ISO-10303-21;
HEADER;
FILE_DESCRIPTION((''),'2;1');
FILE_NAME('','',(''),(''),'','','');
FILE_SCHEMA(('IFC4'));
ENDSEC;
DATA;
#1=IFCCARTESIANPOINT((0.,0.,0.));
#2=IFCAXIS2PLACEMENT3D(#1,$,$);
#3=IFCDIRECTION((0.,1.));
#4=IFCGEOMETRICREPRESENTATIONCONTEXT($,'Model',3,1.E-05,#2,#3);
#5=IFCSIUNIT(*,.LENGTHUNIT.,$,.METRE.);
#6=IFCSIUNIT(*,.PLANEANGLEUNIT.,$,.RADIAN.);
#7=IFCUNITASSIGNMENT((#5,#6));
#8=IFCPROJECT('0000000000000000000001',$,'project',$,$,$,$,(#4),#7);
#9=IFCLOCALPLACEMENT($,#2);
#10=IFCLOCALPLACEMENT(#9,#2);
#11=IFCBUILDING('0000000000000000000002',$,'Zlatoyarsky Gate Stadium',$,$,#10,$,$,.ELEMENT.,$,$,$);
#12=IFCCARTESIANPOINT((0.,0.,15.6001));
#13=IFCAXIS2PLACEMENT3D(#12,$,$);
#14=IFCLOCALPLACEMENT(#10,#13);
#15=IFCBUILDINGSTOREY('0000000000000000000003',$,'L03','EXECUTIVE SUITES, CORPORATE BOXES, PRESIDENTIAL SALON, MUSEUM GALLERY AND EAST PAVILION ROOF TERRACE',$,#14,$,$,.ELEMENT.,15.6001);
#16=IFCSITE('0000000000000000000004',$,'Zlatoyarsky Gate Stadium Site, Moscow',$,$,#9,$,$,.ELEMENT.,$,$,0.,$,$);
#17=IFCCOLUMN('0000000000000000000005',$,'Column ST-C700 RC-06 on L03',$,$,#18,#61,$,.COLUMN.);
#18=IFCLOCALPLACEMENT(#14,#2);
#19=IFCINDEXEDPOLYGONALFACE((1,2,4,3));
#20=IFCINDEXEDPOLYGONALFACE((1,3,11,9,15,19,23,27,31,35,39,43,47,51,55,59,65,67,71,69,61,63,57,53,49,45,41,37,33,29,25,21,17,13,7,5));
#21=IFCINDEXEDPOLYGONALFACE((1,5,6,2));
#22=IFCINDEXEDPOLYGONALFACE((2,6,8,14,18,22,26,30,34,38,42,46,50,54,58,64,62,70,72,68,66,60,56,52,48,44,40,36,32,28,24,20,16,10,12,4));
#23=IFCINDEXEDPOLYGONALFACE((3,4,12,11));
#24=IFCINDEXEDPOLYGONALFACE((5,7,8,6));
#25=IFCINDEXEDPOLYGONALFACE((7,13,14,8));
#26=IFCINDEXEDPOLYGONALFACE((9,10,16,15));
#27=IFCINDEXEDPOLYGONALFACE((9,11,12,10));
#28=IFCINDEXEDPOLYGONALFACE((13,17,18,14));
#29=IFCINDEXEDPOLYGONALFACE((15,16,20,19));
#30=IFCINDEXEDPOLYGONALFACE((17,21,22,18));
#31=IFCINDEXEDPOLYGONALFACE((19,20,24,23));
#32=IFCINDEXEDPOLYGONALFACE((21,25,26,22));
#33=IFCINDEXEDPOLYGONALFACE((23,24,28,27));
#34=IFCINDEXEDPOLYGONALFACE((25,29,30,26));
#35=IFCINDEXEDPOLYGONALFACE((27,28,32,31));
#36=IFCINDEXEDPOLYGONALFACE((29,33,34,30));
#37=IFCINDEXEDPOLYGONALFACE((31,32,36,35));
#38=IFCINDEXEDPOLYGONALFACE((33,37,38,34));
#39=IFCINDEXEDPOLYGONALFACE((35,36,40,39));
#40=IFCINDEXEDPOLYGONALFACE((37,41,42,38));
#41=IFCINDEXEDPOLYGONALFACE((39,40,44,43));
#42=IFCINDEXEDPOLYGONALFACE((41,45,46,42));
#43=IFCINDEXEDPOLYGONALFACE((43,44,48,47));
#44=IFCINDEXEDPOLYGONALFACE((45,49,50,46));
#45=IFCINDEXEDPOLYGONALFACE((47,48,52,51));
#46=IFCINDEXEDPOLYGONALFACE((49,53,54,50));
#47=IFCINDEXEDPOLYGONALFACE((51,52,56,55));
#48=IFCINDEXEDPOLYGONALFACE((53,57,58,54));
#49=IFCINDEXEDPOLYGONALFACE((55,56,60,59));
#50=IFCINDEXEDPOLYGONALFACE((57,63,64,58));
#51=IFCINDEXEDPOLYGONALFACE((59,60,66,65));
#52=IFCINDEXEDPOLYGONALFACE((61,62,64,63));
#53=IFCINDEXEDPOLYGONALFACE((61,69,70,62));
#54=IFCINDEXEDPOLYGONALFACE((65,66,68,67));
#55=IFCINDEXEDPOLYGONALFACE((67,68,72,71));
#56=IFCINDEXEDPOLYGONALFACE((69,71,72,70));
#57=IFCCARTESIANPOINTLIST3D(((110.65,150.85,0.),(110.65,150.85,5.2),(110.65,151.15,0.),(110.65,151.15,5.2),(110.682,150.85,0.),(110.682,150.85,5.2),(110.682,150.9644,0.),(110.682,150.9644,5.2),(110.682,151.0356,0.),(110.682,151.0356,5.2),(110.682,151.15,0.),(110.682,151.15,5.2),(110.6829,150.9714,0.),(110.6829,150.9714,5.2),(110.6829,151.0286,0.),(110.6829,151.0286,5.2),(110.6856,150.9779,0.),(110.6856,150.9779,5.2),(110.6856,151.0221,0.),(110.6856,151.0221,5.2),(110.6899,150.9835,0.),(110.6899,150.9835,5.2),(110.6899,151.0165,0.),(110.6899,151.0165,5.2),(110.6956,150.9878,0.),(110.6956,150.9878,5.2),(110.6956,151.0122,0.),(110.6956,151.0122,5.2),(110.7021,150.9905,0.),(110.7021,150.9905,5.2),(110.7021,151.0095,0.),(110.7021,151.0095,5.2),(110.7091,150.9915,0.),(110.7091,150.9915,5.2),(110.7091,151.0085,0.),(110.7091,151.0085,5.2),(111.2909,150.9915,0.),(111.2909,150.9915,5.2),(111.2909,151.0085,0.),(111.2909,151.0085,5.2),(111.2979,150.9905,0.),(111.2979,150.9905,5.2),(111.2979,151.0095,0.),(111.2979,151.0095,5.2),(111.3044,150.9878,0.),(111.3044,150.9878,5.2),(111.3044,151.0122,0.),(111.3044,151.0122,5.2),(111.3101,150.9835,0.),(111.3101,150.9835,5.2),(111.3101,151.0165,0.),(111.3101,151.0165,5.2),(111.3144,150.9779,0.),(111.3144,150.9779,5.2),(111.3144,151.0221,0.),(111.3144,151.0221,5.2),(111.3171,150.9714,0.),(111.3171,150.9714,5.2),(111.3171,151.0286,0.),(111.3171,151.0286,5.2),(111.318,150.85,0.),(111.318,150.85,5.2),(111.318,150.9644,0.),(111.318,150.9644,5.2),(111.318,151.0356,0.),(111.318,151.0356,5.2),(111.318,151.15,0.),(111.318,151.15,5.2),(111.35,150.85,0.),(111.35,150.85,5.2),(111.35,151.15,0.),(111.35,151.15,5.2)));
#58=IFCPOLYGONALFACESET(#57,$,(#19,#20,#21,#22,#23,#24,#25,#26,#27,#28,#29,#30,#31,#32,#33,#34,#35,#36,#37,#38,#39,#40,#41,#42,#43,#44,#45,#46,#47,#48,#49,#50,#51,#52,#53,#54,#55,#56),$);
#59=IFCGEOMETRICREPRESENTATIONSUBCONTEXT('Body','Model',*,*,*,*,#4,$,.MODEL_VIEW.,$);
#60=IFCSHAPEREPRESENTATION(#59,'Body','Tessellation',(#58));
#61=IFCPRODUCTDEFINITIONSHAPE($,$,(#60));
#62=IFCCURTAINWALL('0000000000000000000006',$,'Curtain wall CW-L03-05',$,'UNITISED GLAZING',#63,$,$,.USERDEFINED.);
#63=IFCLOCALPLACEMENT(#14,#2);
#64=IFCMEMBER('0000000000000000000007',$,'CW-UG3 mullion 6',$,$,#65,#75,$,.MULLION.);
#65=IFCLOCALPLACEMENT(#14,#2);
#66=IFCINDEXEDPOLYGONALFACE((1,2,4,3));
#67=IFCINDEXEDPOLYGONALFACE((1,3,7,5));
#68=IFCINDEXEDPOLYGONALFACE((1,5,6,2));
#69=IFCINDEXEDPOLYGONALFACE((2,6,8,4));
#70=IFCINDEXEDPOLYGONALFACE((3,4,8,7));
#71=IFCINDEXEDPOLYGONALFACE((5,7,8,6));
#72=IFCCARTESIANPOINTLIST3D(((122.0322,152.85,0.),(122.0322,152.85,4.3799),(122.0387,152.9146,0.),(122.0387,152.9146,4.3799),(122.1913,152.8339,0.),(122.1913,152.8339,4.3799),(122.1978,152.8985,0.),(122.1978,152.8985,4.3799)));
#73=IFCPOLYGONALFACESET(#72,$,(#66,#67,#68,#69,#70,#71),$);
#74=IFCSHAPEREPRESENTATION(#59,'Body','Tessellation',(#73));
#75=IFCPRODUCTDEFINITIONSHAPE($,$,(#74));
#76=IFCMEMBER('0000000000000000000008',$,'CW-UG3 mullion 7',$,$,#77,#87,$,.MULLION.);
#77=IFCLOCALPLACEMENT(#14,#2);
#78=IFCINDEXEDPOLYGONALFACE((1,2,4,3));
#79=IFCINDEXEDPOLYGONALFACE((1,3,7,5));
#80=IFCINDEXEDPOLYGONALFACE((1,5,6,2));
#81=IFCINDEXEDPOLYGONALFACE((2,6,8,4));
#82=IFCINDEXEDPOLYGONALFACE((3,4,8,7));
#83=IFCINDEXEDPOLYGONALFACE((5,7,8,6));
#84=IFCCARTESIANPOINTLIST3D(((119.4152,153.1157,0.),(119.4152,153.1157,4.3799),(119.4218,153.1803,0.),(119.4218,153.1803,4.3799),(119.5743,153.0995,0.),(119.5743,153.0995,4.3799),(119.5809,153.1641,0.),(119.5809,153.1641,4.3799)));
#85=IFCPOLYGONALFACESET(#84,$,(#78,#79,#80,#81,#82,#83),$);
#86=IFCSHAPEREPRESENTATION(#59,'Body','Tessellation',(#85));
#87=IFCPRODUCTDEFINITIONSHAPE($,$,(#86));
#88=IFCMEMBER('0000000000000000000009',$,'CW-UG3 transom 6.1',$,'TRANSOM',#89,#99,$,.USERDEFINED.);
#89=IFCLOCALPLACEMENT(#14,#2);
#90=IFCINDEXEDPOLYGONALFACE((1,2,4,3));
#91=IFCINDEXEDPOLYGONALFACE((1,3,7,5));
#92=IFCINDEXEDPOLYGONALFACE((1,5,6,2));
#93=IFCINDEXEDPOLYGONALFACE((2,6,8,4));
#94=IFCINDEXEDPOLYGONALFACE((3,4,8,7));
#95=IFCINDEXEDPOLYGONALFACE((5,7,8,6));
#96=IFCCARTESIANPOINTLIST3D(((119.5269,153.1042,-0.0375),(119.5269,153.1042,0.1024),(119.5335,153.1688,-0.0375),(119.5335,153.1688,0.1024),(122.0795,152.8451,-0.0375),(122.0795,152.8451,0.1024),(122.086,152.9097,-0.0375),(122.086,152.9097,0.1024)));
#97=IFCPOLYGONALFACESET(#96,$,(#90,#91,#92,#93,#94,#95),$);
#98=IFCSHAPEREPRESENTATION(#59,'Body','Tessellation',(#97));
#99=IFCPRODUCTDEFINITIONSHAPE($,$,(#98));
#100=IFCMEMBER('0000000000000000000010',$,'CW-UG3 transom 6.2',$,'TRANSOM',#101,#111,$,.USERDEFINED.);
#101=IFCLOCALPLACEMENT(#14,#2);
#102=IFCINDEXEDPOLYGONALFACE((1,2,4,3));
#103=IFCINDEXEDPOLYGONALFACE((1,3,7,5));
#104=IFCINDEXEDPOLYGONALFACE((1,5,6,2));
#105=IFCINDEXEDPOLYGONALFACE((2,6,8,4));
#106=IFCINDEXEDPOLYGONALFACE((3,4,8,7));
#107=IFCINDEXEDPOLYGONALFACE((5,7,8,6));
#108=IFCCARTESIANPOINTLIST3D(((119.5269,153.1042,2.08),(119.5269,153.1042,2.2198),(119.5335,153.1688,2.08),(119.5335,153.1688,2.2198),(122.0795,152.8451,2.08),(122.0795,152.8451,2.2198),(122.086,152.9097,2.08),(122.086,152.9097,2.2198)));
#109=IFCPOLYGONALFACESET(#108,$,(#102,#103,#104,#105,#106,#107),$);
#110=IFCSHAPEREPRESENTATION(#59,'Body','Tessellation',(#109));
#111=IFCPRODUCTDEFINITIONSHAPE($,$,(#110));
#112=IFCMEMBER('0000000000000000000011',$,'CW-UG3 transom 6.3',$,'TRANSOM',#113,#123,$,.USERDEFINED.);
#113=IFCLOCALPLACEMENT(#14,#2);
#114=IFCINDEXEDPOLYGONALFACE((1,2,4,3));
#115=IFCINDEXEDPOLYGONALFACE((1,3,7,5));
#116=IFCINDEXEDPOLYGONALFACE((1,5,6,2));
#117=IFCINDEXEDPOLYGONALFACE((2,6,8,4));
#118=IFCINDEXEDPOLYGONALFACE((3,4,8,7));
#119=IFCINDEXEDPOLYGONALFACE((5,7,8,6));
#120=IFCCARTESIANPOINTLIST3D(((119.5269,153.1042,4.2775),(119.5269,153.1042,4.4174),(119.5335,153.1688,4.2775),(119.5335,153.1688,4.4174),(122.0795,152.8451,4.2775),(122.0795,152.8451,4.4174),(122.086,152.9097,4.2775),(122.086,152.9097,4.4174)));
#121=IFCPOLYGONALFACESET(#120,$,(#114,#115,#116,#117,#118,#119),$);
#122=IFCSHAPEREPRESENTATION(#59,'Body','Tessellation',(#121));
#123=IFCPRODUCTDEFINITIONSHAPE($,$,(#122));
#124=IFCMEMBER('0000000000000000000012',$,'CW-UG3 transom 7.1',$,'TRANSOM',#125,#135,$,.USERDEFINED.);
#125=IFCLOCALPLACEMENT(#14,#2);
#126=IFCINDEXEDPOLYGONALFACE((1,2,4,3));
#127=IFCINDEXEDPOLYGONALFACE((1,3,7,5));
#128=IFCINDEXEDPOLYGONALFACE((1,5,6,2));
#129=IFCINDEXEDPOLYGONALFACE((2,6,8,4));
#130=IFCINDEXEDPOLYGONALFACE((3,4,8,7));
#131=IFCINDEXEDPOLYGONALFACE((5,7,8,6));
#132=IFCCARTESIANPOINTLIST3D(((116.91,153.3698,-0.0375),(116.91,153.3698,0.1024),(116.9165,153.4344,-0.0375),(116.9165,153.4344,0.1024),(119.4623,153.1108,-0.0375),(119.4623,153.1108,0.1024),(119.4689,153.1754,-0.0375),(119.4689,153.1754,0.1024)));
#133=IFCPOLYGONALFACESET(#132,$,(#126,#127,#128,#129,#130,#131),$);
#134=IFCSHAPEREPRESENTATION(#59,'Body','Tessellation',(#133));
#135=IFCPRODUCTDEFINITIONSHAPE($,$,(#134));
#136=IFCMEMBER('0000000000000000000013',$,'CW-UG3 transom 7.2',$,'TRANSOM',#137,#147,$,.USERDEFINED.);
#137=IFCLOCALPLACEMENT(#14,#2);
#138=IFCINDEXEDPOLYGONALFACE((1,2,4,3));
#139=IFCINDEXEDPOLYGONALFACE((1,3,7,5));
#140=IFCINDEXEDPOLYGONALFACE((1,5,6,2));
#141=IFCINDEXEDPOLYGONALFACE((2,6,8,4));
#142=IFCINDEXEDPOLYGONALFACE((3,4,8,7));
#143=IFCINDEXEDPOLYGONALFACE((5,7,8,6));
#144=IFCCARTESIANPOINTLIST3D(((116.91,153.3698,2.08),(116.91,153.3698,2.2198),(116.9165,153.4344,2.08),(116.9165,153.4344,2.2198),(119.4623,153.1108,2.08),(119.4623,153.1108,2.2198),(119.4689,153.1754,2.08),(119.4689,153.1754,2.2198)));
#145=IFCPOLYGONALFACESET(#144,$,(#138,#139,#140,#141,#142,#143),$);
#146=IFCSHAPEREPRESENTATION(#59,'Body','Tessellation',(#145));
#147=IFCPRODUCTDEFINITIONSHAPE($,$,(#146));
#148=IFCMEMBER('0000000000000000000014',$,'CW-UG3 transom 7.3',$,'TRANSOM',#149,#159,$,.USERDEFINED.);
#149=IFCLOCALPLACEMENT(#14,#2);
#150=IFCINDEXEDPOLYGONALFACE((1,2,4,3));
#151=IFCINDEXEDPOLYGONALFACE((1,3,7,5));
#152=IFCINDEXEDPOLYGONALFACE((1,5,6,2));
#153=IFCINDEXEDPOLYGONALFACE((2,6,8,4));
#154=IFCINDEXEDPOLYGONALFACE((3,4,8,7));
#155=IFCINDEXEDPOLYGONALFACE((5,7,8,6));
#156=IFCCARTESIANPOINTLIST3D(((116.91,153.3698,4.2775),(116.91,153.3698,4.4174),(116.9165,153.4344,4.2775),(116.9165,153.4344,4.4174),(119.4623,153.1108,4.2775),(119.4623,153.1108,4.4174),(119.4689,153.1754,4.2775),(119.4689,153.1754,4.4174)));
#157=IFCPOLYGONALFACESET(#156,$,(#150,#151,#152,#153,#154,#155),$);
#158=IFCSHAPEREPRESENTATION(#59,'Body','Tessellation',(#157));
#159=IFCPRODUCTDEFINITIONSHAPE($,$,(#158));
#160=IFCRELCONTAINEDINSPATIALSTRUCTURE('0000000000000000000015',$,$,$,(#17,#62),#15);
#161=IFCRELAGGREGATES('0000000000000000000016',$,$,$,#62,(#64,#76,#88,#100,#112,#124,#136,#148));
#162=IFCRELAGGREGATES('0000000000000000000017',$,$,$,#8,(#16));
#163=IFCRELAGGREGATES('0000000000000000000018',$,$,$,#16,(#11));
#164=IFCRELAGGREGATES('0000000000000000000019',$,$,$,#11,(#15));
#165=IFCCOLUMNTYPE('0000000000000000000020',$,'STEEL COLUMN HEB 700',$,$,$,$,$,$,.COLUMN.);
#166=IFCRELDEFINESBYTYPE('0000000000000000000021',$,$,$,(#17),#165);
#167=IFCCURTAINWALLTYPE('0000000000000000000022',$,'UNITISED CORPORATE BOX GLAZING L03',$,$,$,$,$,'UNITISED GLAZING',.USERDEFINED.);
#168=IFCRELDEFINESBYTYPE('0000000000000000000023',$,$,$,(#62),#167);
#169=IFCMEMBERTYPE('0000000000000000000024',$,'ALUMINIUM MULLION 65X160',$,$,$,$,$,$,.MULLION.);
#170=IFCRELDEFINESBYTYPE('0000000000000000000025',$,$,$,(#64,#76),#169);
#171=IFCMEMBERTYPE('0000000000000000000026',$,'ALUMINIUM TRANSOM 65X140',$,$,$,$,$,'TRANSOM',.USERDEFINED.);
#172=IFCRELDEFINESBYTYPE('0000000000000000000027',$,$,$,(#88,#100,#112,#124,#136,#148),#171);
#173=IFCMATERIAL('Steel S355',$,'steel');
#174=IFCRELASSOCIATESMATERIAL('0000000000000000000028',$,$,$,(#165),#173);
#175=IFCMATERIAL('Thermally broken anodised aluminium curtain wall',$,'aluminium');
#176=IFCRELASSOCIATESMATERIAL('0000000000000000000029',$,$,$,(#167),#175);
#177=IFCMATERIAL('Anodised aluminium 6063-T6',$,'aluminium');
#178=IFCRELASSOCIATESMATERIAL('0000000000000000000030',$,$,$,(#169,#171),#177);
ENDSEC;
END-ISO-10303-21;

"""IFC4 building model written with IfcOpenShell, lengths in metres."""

from ifc_helpers import new_model, si_unit, direction, frame, origin, origin_2d, place, context, subcontext, project, spatial, rectangle, i_section, extrude, material, material_profile, profile_set, type_object, element, aggregate, save


model = new_model("IFC4")

# Units and contexts
model_context = context("Model", 3, precision=1e-05, world=origin(), true_north=direction((0.0, 1.0)))
body_context = subcontext(model_context, "Body", "Model", "MODEL_VIEW")
ifc_project = project(units=[si_unit("LENGTHUNIT", "METRE"), si_unit("PLANEANGLEUNIT", "RADIAN")], contexts=[model_context])

# Site, building, storey
site_placement = place(None, origin())
site = spatial("IfcSite", under=ifc_project, at=site_placement, Name="Zlatoyarsky Gate Stadium Site, Moscow", CompositionType="ELEMENT", RefElevation=0.0)
building_placement = place(site_placement, origin())
building = spatial("IfcBuilding", under=site, at=building_placement, Name="Zlatoyarsky Gate Stadium", CompositionType="ELEMENT")
storey_placement = place(building_placement, frame((0.0, 0.0, 15.6001)))
storey = spatial("IfcBuildingStorey", under=building, at=storey_placement, Name="L03", Description="EXECUTIVE SUITES, CORPORATE BOXES, PRESIDENTIAL SALON, MUSEUM GALLERY AND EAST PAVILION ROOF TERRACE", CompositionType="ELEMENT", Elevation=15.6001)

# Column
ifc_material_1 = material(Name="Steel S355", Category="steel")
ifc_material_profile_1 = material_profile(ifc_material_1, i_section(OverallWidth=0.3, OverallDepth=0.7, WebThickness=0.0171, FlangeThickness=0.032, FilletRadius=0.0271, at=origin_2d()), Name="HEB 700")
ifc_profile_set_1 = profile_set([ifc_material_profile_1], Name="Steel S355")
column_type = type_object("IfcColumnType", Name="STEEL COLUMN HEB 700", PredefinedType="COLUMN", material=ifc_profile_set_1)
column_placement = place(storey_placement, frame((111.0, 151.0, 0.0), z_axis=(0.0, 0.0, 1.0), x_axis=(0.0, 1.0, 0.0)))
element("IfcColumn", 1, at=column_placement, inside=storey, type_object=column_type, Name="Column ST-C700 RC-06 on L03", PredefinedType="COLUMN", context=body_context, shape_type="SweptSolid", body=[
    extrude(i_section(OverallWidth=0.3, OverallDepth=0.7, WebThickness=0.0171, FlangeThickness=0.032, FilletRadius=0.0271, at=origin_2d()), origin(), (0.0, 0.0, 1.0), 5.2),
])

# Curtain wall, members
ifc_material_2 = material(Name="Thermally broken anodised aluminium curtain wall", Category="aluminium")
curtain_wall_type_1 = type_object("IfcCurtainWallType", Name="UNITISED CORPORATE BOX GLAZING L03", ElementType="UNITISED GLAZING", PredefinedType="USERDEFINED", material=ifc_material_2)
curtain_wall_1_placement = place(storey_placement, origin())
curtain_wall_1 = element("IfcCurtainWall", 2, at=curtain_wall_1_placement, inside=storey, type_object=curtain_wall_type_1, Name="Curtain wall CW-L03-05", ObjectType="UNITISED GLAZING", PredefinedType="USERDEFINED")
ifc_material_3 = material(Name="Anodised aluminium 6063-T6", Category="aluminium")
ifc_material_profile_2 = material_profile(ifc_material_3, rectangle(XDim=0.0649, YDim=0.1599, at=origin_2d()), Name="ALU 65X160")
ifc_profile_set_2 = profile_set([ifc_material_profile_2], Name="Anodised aluminium 6063-T6")
member_type_1 = type_object("IfcMemberType", Name="ALUMINIUM MULLION 65X160", PredefinedType="MULLION", material=ifc_profile_set_2)
member_1_placement = place(storey_placement, frame((122.115, 152.8743, 0.0), z_axis=(0.0, 0.0, 1.0), x_axis=(-0.100968, -0.99489, 0.0)))
member_1 = element("IfcMember", 3, at=member_1_placement, type_object=member_type_1, Name="CW-UG3 mullion 6", PredefinedType="MULLION", context=body_context, shape_type="SweptSolid", body=[
    extrude(rectangle(XDim=0.0649, YDim=0.1599, at=origin_2d()), origin(), (0.0, 0.0, 1.0), 4.3799),
])
member_2_placement = place(storey_placement, frame((119.498, 153.1399, 0.0), z_axis=(0.0, 0.0, 1.0), x_axis=(-0.100968, -0.99489, 0.0)))
member_2 = element("IfcMember", 4, at=member_2_placement, type_object=member_type_1, Name="CW-UG3 mullion 7", PredefinedType="MULLION", context=body_context, shape_type="SweptSolid", body=[
    extrude(rectangle(XDim=0.0649, YDim=0.1599, at=origin_2d()), origin(), (0.0, 0.0, 1.0), 4.3799),
])
ifc_material_profile_3 = material_profile(ifc_material_3, rectangle(XDim=0.0649, YDim=0.1399, at=origin_2d()), Name="ALU 65X140")
ifc_profile_set_3 = profile_set([ifc_material_profile_3], Name="Anodised aluminium 6063-T6")
member_type_2 = type_object("IfcMemberType", Name="ALUMINIUM TRANSOM 65X140", ElementType="TRANSOM", PredefinedType="USERDEFINED", material=ifc_profile_set_3)
member_3_placement = place(storey_placement, frame((122.0828, 152.8774, 0.0325), z_axis=(-0.99489, 0.100964, 0.0), x_axis=(-0.100964, -0.99489, 0.0)))
member_3 = element("IfcMember", 5, at=member_3_placement, type_object=member_type_2, Name="CW-UG3 transom 6.1", ObjectType="TRANSOM", PredefinedType="USERDEFINED", context=body_context, shape_type="SweptSolid", body=[
    extrude(rectangle(XDim=0.0649, YDim=0.1399, at=origin_2d()), origin(), (0.0, 0.0, 1.0), 2.5657),
])
member_4_placement = place(storey_placement, frame((122.0828, 152.8774, 2.1499), z_axis=(-0.99489, 0.100964, 0.0), x_axis=(-0.100964, -0.99489, 0.0)))
member_4 = element("IfcMember", 6, at=member_4_placement, type_object=member_type_2, Name="CW-UG3 transom 6.2", ObjectType="TRANSOM", PredefinedType="USERDEFINED", context=body_context, shape_type="SweptSolid", body=[
    extrude(rectangle(XDim=0.0649, YDim=0.1399, at=origin_2d()), origin(), (0.0, 0.0, 1.0), 2.5657),
])
member_5_placement = place(storey_placement, frame((122.0828, 152.8774, 4.3474), z_axis=(-0.99489, 0.100964, 0.0), x_axis=(-0.100964, -0.99489, 0.0)))
member_5 = element("IfcMember", 7, at=member_5_placement, type_object=member_type_2, Name="CW-UG3 transom 6.3", ObjectType="TRANSOM", PredefinedType="USERDEFINED", context=body_context, shape_type="SweptSolid", body=[
    extrude(rectangle(XDim=0.0649, YDim=0.1399, at=origin_2d()), origin(), (0.0, 0.0, 1.0), 2.5657),
])
member_6_placement = place(storey_placement, frame((119.4656, 153.1431, 0.0325), z_axis=(-0.994889, 0.100974, 0.0), x_axis=(-0.100974, -0.994889, 0.0)))
member_6 = element("IfcMember", 8, at=member_6_placement, type_object=member_type_2, Name="CW-UG3 transom 7.1", ObjectType="TRANSOM", PredefinedType="USERDEFINED", context=body_context, shape_type="SweptSolid", body=[
    extrude(rectangle(XDim=0.0649, YDim=0.1399, at=origin_2d()), origin(), (0.0, 0.0, 1.0), 2.5654),
])
member_7_placement = place(storey_placement, frame((119.4656, 153.1431, 2.1499), z_axis=(-0.994889, 0.100974, 0.0), x_axis=(-0.100974, -0.994889, 0.0)))
member_7 = element("IfcMember", 9, at=member_7_placement, type_object=member_type_2, Name="CW-UG3 transom 7.2", ObjectType="TRANSOM", PredefinedType="USERDEFINED", context=body_context, shape_type="SweptSolid", body=[
    extrude(rectangle(XDim=0.0649, YDim=0.1399, at=origin_2d()), origin(), (0.0, 0.0, 1.0), 2.5654),
])
member_8_placement = place(storey_placement, frame((119.4656, 153.1431, 4.3474), z_axis=(-0.994889, 0.100974, 0.0), x_axis=(-0.100974, -0.994889, 0.0)))
member_8 = element("IfcMember", 10, at=member_8_placement, type_object=member_type_2, Name="CW-UG3 transom 7.3", ObjectType="TRANSOM", PredefinedType="USERDEFINED", context=body_context, shape_type="SweptSolid", body=[
    extrude(rectangle(XDim=0.0649, YDim=0.1399, at=origin_2d()), origin(), (0.0, 0.0, 1.0), 2.5654),
])

aggregate(curtain_wall_1, [member_1, member_2, member_3, member_4, member_5, member_6, member_7, member_8])

save(model, "model.ifc")
